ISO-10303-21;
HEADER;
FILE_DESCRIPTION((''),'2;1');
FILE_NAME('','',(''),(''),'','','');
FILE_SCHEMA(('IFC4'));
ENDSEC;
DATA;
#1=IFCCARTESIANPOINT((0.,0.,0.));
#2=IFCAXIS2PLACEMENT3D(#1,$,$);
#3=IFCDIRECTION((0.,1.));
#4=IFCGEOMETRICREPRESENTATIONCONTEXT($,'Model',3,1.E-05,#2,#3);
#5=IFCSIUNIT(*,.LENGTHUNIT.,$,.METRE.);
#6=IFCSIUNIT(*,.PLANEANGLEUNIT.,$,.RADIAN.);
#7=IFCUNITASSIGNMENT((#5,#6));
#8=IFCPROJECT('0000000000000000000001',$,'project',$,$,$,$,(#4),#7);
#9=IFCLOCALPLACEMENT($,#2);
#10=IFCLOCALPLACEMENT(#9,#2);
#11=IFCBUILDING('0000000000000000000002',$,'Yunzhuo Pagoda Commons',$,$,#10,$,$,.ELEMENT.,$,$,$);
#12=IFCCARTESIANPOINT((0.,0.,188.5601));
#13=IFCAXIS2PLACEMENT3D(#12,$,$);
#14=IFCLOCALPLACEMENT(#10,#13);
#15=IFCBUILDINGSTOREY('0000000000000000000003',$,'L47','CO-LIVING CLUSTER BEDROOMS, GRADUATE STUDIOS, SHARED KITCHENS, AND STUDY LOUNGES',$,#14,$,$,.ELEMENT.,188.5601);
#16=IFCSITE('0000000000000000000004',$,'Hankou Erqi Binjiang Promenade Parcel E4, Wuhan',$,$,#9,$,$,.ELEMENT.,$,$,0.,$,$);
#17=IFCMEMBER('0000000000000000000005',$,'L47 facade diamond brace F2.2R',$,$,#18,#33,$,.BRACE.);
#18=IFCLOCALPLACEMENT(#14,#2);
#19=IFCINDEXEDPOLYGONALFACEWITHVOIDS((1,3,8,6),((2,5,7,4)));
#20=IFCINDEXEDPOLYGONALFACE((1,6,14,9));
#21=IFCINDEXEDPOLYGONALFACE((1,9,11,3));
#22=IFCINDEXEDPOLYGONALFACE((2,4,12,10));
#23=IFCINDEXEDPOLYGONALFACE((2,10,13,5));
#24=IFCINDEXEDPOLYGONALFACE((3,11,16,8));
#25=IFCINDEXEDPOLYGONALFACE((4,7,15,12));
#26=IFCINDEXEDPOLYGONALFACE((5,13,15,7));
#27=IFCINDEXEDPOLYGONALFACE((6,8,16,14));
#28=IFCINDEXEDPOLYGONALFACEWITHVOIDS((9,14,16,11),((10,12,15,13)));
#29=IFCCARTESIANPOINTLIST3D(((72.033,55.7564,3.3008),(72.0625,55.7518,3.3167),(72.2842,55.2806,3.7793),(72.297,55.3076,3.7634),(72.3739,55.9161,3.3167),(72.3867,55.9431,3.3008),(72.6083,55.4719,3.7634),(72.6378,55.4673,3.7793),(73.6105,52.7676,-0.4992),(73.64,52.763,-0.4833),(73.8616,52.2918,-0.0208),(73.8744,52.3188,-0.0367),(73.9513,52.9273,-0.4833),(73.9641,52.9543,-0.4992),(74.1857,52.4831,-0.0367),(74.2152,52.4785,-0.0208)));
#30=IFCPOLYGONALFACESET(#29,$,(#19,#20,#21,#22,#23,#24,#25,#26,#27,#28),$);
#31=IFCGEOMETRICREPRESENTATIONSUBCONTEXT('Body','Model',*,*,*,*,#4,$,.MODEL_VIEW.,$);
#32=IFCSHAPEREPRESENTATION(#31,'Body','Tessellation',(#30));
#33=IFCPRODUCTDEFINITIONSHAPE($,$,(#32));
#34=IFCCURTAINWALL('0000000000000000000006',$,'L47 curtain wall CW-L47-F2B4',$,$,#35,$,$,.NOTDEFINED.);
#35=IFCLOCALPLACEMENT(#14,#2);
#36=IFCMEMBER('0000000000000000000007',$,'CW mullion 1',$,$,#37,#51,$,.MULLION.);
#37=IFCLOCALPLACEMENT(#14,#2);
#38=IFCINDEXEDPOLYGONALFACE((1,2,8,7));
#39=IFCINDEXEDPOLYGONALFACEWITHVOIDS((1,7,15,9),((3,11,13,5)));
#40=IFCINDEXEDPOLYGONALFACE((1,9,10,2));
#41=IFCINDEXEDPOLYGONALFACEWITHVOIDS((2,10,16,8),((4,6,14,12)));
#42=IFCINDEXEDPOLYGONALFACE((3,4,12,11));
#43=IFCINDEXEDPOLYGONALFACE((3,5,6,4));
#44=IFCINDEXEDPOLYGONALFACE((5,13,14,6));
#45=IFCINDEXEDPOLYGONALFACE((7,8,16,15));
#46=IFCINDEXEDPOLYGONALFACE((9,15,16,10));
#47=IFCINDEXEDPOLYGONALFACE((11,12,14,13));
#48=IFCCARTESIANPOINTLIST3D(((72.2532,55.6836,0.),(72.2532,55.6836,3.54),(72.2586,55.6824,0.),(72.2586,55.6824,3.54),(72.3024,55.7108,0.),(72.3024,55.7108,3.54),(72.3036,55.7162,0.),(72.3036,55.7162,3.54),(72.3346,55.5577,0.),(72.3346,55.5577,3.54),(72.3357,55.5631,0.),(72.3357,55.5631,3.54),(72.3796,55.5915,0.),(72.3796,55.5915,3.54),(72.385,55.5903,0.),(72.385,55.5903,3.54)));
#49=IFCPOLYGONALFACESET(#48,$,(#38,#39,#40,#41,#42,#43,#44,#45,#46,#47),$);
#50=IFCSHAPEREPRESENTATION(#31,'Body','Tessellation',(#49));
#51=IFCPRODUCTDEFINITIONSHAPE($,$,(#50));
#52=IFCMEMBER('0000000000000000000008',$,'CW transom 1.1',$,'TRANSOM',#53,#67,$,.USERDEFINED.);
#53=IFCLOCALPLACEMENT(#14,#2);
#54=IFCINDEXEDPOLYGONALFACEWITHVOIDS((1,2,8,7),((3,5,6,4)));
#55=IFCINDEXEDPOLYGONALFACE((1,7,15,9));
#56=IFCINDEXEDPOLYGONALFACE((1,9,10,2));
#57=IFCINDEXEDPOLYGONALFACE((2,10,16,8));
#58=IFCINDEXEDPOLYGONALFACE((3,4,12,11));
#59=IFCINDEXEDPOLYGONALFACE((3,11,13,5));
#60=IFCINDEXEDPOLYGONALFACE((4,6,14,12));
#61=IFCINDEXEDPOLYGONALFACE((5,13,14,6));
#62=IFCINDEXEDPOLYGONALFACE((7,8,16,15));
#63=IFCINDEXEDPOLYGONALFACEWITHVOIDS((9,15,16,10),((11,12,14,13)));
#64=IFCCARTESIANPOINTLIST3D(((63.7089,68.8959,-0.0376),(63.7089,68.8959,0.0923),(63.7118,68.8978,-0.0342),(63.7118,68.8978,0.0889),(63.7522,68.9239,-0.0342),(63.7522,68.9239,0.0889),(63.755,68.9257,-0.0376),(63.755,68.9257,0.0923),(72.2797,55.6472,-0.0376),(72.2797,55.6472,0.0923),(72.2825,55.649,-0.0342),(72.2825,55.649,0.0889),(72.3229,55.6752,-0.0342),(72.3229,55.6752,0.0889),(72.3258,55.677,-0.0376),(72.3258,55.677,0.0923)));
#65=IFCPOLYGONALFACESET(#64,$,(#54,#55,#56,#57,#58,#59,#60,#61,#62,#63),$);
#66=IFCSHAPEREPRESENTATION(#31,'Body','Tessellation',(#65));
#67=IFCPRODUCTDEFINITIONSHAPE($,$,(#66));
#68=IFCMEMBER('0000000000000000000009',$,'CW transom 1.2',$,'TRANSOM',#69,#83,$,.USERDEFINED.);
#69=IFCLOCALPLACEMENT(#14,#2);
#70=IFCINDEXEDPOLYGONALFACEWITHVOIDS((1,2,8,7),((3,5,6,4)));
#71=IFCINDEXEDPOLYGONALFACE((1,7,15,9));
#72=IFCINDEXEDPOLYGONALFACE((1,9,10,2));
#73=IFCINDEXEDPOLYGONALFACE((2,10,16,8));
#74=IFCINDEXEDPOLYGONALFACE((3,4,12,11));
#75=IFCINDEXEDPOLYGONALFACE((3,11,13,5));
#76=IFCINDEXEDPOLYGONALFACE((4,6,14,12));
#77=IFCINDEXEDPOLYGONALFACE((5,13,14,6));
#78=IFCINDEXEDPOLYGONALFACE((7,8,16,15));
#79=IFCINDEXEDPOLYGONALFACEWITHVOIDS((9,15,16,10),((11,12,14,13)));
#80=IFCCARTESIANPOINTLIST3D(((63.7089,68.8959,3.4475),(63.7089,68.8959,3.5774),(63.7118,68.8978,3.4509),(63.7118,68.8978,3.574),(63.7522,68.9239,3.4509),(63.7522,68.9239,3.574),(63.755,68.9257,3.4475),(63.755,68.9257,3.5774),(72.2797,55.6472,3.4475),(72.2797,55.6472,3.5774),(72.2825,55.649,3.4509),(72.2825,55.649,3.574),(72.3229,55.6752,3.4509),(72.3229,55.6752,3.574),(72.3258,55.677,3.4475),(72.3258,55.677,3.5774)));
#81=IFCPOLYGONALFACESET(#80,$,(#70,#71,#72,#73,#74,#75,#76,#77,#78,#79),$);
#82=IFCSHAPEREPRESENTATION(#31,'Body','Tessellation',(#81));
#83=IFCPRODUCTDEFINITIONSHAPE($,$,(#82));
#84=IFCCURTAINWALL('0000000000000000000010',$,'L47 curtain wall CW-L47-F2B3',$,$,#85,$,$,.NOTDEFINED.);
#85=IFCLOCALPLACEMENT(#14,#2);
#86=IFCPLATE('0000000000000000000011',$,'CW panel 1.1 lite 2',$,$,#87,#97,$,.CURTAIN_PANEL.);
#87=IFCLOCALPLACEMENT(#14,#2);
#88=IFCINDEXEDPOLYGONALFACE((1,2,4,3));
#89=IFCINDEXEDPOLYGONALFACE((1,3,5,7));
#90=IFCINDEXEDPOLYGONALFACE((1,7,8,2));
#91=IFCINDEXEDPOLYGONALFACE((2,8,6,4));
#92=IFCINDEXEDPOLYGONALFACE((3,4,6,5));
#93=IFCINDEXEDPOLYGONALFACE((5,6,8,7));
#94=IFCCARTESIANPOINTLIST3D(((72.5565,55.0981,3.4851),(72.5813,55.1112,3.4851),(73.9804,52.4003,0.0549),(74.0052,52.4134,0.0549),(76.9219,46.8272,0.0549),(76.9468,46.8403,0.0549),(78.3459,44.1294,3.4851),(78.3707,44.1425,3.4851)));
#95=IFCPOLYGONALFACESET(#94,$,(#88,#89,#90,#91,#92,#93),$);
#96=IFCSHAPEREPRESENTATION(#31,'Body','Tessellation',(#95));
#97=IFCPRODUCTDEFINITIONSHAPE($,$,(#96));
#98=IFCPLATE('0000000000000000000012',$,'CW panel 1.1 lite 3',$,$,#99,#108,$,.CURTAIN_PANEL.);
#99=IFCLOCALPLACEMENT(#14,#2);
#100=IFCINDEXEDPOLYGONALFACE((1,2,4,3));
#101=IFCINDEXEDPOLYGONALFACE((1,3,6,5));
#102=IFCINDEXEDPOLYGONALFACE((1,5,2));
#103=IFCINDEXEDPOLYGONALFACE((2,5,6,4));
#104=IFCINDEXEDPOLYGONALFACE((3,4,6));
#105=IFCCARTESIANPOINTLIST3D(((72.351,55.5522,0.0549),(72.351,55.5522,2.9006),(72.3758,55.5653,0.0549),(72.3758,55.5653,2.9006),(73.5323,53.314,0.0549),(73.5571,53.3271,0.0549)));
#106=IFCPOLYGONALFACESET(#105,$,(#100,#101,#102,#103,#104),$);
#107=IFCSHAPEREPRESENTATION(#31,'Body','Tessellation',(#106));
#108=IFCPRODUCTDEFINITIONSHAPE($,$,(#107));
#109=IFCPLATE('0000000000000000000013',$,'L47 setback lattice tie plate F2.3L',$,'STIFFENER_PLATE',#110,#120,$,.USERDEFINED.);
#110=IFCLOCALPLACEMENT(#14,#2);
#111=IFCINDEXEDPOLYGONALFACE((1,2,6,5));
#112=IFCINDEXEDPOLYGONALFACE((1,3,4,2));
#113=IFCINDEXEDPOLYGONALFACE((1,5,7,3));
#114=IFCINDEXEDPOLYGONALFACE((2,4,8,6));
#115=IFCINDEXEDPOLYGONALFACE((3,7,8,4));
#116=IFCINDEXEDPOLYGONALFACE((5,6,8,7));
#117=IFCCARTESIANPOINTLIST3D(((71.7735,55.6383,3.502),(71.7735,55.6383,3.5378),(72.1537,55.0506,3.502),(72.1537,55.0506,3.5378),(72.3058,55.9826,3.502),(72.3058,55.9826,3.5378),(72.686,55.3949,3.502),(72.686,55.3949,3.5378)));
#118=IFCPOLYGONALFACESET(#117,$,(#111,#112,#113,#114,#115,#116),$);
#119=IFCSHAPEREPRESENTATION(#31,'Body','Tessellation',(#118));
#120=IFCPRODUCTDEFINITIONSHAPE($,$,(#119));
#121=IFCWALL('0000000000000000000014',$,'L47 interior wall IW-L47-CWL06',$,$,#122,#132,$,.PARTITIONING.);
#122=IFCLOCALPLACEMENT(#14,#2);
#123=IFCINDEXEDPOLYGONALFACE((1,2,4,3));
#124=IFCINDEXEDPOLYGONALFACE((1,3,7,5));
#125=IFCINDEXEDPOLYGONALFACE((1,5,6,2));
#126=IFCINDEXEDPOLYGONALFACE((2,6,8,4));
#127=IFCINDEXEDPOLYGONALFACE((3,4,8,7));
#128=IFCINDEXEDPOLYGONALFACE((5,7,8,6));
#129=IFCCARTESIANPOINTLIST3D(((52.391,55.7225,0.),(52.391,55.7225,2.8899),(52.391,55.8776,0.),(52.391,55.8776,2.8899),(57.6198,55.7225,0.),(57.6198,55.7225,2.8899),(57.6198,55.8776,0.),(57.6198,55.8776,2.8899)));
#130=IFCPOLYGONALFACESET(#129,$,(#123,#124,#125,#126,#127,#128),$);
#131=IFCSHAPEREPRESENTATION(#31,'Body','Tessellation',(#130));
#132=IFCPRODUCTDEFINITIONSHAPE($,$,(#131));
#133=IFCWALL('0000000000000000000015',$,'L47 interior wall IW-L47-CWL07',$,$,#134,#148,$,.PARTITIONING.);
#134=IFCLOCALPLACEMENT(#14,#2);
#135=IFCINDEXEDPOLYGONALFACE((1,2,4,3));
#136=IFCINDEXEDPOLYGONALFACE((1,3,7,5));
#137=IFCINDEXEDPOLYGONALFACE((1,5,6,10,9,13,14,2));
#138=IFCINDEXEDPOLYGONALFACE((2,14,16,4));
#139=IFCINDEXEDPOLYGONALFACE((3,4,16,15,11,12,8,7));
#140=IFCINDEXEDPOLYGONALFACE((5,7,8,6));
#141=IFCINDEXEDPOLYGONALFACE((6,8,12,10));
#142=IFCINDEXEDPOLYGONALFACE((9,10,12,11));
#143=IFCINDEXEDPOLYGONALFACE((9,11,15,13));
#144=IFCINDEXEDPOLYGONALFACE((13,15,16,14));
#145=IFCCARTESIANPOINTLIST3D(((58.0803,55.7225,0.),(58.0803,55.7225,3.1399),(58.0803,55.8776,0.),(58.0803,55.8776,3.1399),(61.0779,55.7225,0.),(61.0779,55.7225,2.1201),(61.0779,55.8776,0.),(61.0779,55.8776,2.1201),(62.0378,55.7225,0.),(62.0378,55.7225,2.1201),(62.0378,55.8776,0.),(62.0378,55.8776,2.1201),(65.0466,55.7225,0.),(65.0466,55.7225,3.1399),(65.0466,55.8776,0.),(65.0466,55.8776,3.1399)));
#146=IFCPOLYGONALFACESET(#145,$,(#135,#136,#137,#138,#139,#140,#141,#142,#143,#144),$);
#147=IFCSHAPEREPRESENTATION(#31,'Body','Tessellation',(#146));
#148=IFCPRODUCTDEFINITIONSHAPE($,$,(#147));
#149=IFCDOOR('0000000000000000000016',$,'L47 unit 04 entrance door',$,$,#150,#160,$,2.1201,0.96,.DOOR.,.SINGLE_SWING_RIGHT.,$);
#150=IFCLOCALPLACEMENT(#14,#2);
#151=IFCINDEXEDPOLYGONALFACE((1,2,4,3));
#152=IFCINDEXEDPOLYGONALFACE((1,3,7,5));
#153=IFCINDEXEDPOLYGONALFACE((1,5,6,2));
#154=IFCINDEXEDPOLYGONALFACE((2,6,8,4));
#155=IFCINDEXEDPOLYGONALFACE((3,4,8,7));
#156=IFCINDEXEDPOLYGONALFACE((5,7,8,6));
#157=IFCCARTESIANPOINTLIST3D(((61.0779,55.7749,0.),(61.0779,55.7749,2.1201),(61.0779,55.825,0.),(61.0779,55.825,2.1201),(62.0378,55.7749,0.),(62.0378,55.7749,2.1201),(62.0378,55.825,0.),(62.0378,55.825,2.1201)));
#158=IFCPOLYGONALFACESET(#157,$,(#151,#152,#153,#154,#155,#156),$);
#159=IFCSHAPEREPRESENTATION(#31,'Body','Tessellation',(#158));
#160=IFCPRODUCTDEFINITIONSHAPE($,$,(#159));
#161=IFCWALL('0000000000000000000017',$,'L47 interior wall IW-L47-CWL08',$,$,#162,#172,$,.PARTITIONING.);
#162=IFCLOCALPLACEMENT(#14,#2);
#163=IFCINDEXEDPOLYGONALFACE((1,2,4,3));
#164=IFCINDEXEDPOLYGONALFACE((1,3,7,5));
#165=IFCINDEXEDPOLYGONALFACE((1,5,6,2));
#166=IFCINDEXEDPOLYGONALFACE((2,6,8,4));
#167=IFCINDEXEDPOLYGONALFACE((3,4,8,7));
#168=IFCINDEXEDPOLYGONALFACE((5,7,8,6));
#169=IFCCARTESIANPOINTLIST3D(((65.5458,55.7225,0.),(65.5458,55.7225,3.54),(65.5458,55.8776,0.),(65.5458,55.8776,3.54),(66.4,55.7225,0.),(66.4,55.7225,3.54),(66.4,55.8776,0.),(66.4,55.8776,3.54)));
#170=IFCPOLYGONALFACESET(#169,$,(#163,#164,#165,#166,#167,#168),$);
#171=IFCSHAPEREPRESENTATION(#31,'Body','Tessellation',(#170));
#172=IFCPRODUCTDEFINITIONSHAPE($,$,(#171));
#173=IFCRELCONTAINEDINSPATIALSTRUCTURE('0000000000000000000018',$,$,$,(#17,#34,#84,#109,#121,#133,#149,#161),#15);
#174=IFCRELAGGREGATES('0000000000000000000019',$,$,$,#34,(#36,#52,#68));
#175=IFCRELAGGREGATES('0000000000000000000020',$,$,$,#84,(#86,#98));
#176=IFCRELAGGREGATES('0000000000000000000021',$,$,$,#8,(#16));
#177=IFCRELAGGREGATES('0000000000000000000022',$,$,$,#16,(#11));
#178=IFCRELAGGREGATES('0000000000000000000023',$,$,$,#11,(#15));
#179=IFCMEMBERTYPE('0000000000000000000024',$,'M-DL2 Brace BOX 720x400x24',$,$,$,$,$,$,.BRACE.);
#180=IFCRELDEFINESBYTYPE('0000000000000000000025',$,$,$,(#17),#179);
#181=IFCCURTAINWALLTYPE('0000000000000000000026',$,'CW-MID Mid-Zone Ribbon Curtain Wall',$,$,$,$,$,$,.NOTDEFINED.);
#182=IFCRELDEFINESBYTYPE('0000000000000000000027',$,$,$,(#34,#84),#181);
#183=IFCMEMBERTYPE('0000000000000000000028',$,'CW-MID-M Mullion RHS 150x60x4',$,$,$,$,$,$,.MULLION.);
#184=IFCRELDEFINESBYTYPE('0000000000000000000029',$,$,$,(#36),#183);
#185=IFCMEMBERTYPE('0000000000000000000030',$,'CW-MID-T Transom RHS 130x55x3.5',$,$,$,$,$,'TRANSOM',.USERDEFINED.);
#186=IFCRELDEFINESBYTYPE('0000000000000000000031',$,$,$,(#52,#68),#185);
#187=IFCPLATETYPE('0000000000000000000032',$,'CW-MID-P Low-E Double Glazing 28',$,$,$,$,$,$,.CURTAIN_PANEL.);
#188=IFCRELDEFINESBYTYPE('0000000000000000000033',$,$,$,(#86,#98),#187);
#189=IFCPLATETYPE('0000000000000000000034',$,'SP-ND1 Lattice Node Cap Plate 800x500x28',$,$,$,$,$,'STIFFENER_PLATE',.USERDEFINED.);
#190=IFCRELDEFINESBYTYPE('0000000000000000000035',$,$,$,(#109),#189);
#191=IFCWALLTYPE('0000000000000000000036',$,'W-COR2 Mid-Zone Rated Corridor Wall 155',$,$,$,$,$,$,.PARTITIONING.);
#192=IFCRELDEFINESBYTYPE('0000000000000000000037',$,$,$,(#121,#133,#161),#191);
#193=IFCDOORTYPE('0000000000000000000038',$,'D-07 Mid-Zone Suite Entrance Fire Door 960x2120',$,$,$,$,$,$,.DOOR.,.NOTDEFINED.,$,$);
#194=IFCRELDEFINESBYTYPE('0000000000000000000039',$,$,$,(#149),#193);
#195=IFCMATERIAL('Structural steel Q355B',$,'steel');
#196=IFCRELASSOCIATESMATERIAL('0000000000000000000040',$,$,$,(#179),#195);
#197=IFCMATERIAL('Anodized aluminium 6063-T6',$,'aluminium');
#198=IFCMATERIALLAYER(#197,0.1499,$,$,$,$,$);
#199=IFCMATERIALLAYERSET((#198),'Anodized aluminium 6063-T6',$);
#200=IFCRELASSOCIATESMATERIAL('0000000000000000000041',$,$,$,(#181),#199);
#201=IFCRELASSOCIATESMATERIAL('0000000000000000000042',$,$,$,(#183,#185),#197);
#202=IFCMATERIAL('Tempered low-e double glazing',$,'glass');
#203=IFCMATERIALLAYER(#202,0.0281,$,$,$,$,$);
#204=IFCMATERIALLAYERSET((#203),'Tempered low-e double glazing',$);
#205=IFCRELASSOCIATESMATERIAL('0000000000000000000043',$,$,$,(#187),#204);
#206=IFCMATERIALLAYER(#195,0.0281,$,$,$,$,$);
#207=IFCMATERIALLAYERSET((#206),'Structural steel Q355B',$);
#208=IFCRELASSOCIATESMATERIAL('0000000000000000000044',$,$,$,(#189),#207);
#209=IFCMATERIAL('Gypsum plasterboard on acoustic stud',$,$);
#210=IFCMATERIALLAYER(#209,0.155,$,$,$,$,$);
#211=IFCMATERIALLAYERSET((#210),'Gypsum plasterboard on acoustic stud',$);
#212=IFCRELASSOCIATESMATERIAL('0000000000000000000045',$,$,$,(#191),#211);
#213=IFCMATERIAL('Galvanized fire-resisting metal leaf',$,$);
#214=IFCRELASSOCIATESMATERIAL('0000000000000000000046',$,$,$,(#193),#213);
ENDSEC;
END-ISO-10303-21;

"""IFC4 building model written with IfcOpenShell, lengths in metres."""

from ifc_helpers import new_model, si_unit, direction, frame, frame_2d, origin, origin_with_axes, origin_2d, place, context, subcontext, project, spatial, polyline, rectangle, hollow_rectangle, outline, extrude, source, transform, mapped, material, layer, layer_set, material_profile, profile_set, type_object, element, fill, aggregate, save


model = new_model("IFC4")

# Units and contexts
model_context = context("Model", 3, precision=1e-05, world=origin(), true_north=direction((0.0, 1.0)))
body_context = subcontext(model_context, "Body", "Model", "MODEL_VIEW")
ifc_project = project(units=[si_unit("LENGTHUNIT", "METRE"), si_unit("PLANEANGLEUNIT", "RADIAN")], contexts=[model_context])

# Site, building, storey
site_placement = place(None, origin())
site = spatial("IfcSite", under=ifc_project, at=site_placement, Name="Hankou Erqi Binjiang Promenade Parcel E4, Wuhan", CompositionType="ELEMENT", RefElevation=0.0)
building_placement = place(site_placement, origin())
building = spatial("IfcBuilding", under=site, at=building_placement, Name="Yunzhuo Pagoda Commons", CompositionType="ELEMENT")
storey_placement = place(building_placement, frame((0.0, 0.0, 188.5601)))
storey = spatial("IfcBuildingStorey", under=building, at=storey_placement, Name="L47", Description="CO-LIVING CLUSTER BEDROOMS, GRADUATE STUDIOS, SHARED KITCHENS, AND STUDY LOUNGES", CompositionType="ELEMENT", Elevation=188.5601)

# Shared definitions
ifc_material_1 = material(Name="Structural steel Q355B", Category="steel")

# Member
ifc_material_profile_1 = material_profile(ifc_material_1, hollow_rectangle(XDim=0.3999, YDim=0.72, WallThickness=0.0239, at=origin_2d()), Name="Structural steel Q355B")
ifc_profile_set_1 = profile_set([ifc_material_profile_1], Name="Structural steel Q355B")
member_type_1 = type_object("IfcMemberType", Name="M-DL2 Brace BOX 720x400x24", PredefinedType="BRACE", material=ifc_profile_set_1)
shared_shape_1 = source(origin(), body_context, "Body", "SweptSolid", [
    extrude(hollow_rectangle(XDim=0.3999, YDim=0.72, WallThickness=0.0239, at=origin_2d()), origin(), (0.0, 0.0, 1.0), 5.0854),
])
member_1_placement = place(storey_placement, frame((73.9128, 52.623, -0.26), z_axis=(-0.310181, 0.587716, 0.747247), x_axis=(-0.884386, -0.466755, 0.0)))
element("IfcMember", 1, at=member_1_placement, inside=storey, type_object=member_type_1, Name="L47 facade diamond brace F2.2R", PredefinedType="BRACE", context=body_context, shape_type="MappedRepresentation", body=[
    mapped(shared_shape_1, transform((0.0, 0.0, 0.0), scale=1.0)),
])

# Curtain wall, members
ifc_material_2 = material(Name="Anodized aluminium 6063-T6", Category="aluminium")
ifc_layer_1 = layer(ifc_material_2, 0.1499)
ifc_layer_set_1 = layer_set([ifc_layer_1], Name="Anodized aluminium 6063-T6")
curtain_wall_type = type_object("IfcCurtainWallType", Name="CW-MID Mid-Zone Ribbon Curtain Wall", PredefinedType="NOTDEFINED", material=ifc_layer_set_1)
curtain_wall_1_placement = place(storey_placement, origin())
curtain_wall_1 = element("IfcCurtainWall", 2, at=curtain_wall_1_placement, inside=storey, type_object=curtain_wall_type, Name="L47 curtain wall CW-L47-F2B4", PredefinedType="NOTDEFINED")
ifc_material_profile_2 = material_profile(ifc_material_2, hollow_rectangle(XDim=0.0601, YDim=0.1499, WallThickness=0.0039, at=origin_2d()), Name="Anodized aluminium 6063-T6")
ifc_profile_set_2 = profile_set([ifc_material_profile_2], Name="Anodized aluminium 6063-T6")
member_type_2 = type_object("IfcMemberType", Name="CW-MID-M Mullion RHS 150x60x4", PredefinedType="MULLION", material=ifc_profile_set_2)
shared_shape_2 = source(origin(), body_context, "Body", "SweptSolid", [
    extrude(hollow_rectangle(XDim=0.0601, YDim=0.1499, WallThickness=0.0039, at=origin_2d()), origin(), (0.0, 0.0, 1.0), 3.54),
])
member_2_placement = place(storey_placement, frame((72.3191, 55.637, 0.0), z_axis=(0.0, 0.0, 1.0), x_axis=(-0.839627, -0.543164, 0.0)))
member_2 = element("IfcMember", 3, at=member_2_placement, type_object=member_type_2, Name="CW mullion 1", PredefinedType="MULLION", context=body_context, shape_type="MappedRepresentation", body=[
    mapped(shared_shape_2, transform((0.0, 0.0, 0.0), scale=1.0)),
])
ifc_material_profile_3 = material_profile(ifc_material_2, hollow_rectangle(XDim=0.0549, YDim=0.1299, WallThickness=0.0034, at=origin_2d()), Name="Anodized aluminium 6063-T6")
ifc_profile_set_3 = profile_set([ifc_material_profile_3], Name="Anodized aluminium 6063-T6")
member_type_3 = type_object("IfcMemberType", Name="CW-MID-T Transom RHS 130x55x3.5", ElementType="TRANSOM", PredefinedType="USERDEFINED", material=ifc_profile_set_3)
shared_shape_3 = source(origin(), body_context, "Body", "SweptSolid", [
    extrude(hollow_rectangle(XDim=0.0549, YDim=0.1299, WallThickness=0.0034, at=origin_2d()), origin(), (0.0, 0.0, 1.0), 15.7793),
])
member_3_placement = place(storey_placement, frame((72.3027, 55.6621, 0.0273), z_axis=(-0.543165, 0.839626, 0.0), x_axis=(-0.839626, -0.543165, 0.0)))
member_3 = element("IfcMember", 4, at=member_3_placement, type_object=member_type_3, Name="CW transom 1.1", ObjectType="TRANSOM", PredefinedType="USERDEFINED", context=body_context, shape_type="MappedRepresentation", body=[
    mapped(shared_shape_3, transform((0.0, 0.0, 0.0), scale=1.0)),
])
member_4_placement = place(storey_placement, frame((72.3027, 55.6621, 3.5125), z_axis=(-0.543165, 0.839626, 0.0), x_axis=(-0.839626, -0.543165, 0.0)))
member_4 = element("IfcMember", 5, at=member_4_placement, type_object=member_type_3, Name="CW transom 1.2", ObjectType="TRANSOM", PredefinedType="USERDEFINED", context=body_context, shape_type="MappedRepresentation", body=[
    mapped(shared_shape_3, transform((0.0, 0.0, 0.0), scale=1.0)),
])
aggregate(curtain_wall_1, [member_2, member_3, member_4])

# Curtain wall, plates
curtain_wall_2_placement = place(storey_placement, origin())
curtain_wall_2 = element("IfcCurtainWall", 6, at=curtain_wall_2_placement, inside=storey, type_object=curtain_wall_type, Name="L47 curtain wall CW-L47-F2B3", PredefinedType="NOTDEFINED")
ifc_material_3 = material(Name="Tempered low-e double glazing", Category="glass")
ifc_layer_2 = layer(ifc_material_3, 0.0281)
ifc_layer_set_2 = layer_set([ifc_layer_2], Name="Tempered low-e double glazing")
plate_type_1 = type_object("IfcPlateType", Name="CW-MID-P Low-E Double Glazing 28", PredefinedType="CURTAIN_PANEL", material=ifc_layer_set_2)
plate_1_placement = place(storey_placement, frame((75.4512, 49.6138, 1.77), z_axis=(0.884373, 0.466781, 0.0), x_axis=(-0.466781, 0.884373, 0.0)))
plate_1 = element("IfcPlate", 7, at=plate_1_placement, type_object=plate_type_1, Name="CW panel 1.1 lite 2", PredefinedType="CURTAIN_PANEL", context=body_context, shape_type="SweptSolid", body=[
    extrude(outline(polyline([(-6.2014, 1.7151), (-3.1509, -1.7151), (3.1509, -1.7151), (6.2014, 1.7151), (-6.2014, 1.7151)])), origin(), (0.0, 0.0, 1.0), 0.0281),
])
plate_2_placement = place(storey_placement, frame((72.9417, 54.4331, 1.4778), z_axis=(0.884373, 0.466781, 0.0), x_axis=(-0.466781, 0.884373, 0.0)))
plate_2 = element("IfcPlate", 8, at=plate_2_placement, type_object=plate_type_1, Name="CW panel 1.1 lite 3", PredefinedType="CURTAIN_PANEL", context=body_context, shape_type="SweptSolid", body=[
    extrude(outline(polyline([(-1.2654, -1.4229), (1.2654, -1.4229), (1.2654, 1.4229), (-1.2654, -1.4229)])), origin(), (0.0, 0.0, 1.0), 0.0281),
])
aggregate(curtain_wall_2, [plate_1, plate_2])

# Plate
ifc_layer_3 = layer(ifc_material_1, 0.0281)
ifc_layer_set_3 = layer_set([ifc_layer_3], Name="Structural steel Q355B")
plate_type_2 = type_object("IfcPlateType", Name="SP-ND1 Lattice Node Cap Plate 800x500x28", ElementType="STIFFENER_PLATE", PredefinedType="USERDEFINED", material=ifc_layer_set_3)
shared_shape_4 = source(origin(), body_context, "Body", "SweptSolid", [
    extrude(rectangle(XDim=0.7, YDim=0.634, at=origin_2d()), origin(), (0.0, 0.0, 1.0), 0.0359),
])
plate_3_placement = place(storey_placement, frame((72.2297, 55.5166, 3.502), z_axis=(0.0, 0.0, 1.0), x_axis=(-0.54316, 0.839629, 0.0)))
element("IfcPlate", 9, at=plate_3_placement, inside=storey, type_object=plate_type_2, Name="L47 setback lattice tie plate F2.3L", ObjectType="STIFFENER_PLATE", PredefinedType="USERDEFINED", context=body_context, shape_type="MappedRepresentation", body=[
    mapped(shared_shape_4, transform((0.0, 0.0, 0.0), scale=1.0)),
])

# Wall
ifc_material_4 = material(Name="Gypsum plasterboard on acoustic stud")
ifc_layer_4 = layer(ifc_material_4, 0.155)
ifc_layer_set_4 = layer_set([ifc_layer_4], Name="Gypsum plasterboard on acoustic stud")
wall_type_1 = type_object("IfcWallType", Name="W-COR2 Mid-Zone Rated Corridor Wall 155", PredefinedType="PARTITIONING", material=ifc_layer_set_4)
wall_1_placement = place(storey_placement, frame((52.3911, 55.8, 0.0), z_axis=(0.0, 0.0, 1.0), x_axis=(1.0, 0.0, 0.0)))
element("IfcWall", 10, at=wall_1_placement, inside=storey, type_object=wall_type_1, Name="L47 interior wall IW-L47-CWL06", PredefinedType="PARTITIONING", context=body_context, shape_type="SweptSolid", body=[
    extrude(rectangle(XDim=5.2288, YDim=0.155, at=frame_2d((2.6143, 0.0))), origin(), (0.0, 0.0, 1.0), 2.8899),
])

# Wall, opening, door
wall_2_placement = place(storey_placement, frame((58.0803, 55.8, 0.0), z_axis=(0.0, 0.0, 1.0), x_axis=(1.0, 0.0, 0.0)))
wall_2 = element("IfcWall", 11, at=wall_2_placement, inside=storey, type_object=wall_type_1, Name="L47 interior wall IW-L47-CWL07", PredefinedType="PARTITIONING", context=body_context, shape_type="SweptSolid", body=[
    extrude(rectangle(XDim=6.9663, YDim=0.155, at=frame_2d((3.4832, 0.0))), origin(), (0.0, 0.0, 1.0), 3.1399),
])
opening_1_placement = place(wall_2_placement, frame((2.9976, 0.0, 0.0)))
opening_1 = element("IfcOpeningElement", 12, at=opening_1_placement, cuts=wall_2, PredefinedType="OPENING", context=body_context, shape_type="SweptSolid", body=[
    extrude(rectangle(XDim=0.96, YDim=2.1201, at=frame_2d((0.48, 1.0601))), frame((0.0, 0.0874, 0.0), z_axis=(0.0, -1.0, 0.0), x_axis=(1.0, 0.0, 0.0)), (0.0, 0.0, 1.0), 0.175),
])
ifc_material_5 = material(Name="Galvanized fire-resisting metal leaf")
door_type_1 = type_object("IfcDoorType", Name="D-07 Mid-Zone Suite Entrance Fire Door 960x2120", OperationType="NOTDEFINED", PredefinedType="DOOR", material=ifc_material_5)
shared_shape_5 = source(origin(), body_context, "Body", "SweptSolid", [
    extrude(rectangle(XDim=0.96, YDim=2.1201, at=frame_2d((0.48, 1.0601))), frame((0.0, 0.0249, 0.0), z_axis=(0.0, -1.0, 0.0), x_axis=(1.0, 0.0, 0.0)), (0.0, 0.0, 1.0), 0.05),
])
door_1_placement = place(opening_1_placement, origin_with_axes())
door_1 = element("IfcDoor", 13, at=door_1_placement, inside=storey, type_object=door_type_1, Name="L47 unit 04 entrance door", OperationType="SINGLE_SWING_RIGHT", OverallHeight=2.1201, OverallWidth=0.96, PredefinedType="DOOR", context=body_context, shape_type="MappedRepresentation", body=[
    mapped(shared_shape_5, transform((0.0, 0.0, 0.0), scale=1.0)),
])
fill(opening_1, door_1)

# Wall
wall_3_placement = place(storey_placement, frame((65.5457, 55.8, 0.0), z_axis=(0.0, 0.0, 1.0), x_axis=(1.0, 0.0, 0.0)))
element("IfcWall", 14, at=wall_3_placement, inside=storey, type_object=wall_type_1, Name="L47 interior wall IW-L47-CWL08", PredefinedType="PARTITIONING", context=body_context, shape_type="SweptSolid", body=[
    extrude(rectangle(XDim=0.8542, YDim=0.155, at=frame_2d((0.4272, 0.0))), origin(), (0.0, 0.0, 1.0), 3.54),
])

save(model, "model.ifc")
